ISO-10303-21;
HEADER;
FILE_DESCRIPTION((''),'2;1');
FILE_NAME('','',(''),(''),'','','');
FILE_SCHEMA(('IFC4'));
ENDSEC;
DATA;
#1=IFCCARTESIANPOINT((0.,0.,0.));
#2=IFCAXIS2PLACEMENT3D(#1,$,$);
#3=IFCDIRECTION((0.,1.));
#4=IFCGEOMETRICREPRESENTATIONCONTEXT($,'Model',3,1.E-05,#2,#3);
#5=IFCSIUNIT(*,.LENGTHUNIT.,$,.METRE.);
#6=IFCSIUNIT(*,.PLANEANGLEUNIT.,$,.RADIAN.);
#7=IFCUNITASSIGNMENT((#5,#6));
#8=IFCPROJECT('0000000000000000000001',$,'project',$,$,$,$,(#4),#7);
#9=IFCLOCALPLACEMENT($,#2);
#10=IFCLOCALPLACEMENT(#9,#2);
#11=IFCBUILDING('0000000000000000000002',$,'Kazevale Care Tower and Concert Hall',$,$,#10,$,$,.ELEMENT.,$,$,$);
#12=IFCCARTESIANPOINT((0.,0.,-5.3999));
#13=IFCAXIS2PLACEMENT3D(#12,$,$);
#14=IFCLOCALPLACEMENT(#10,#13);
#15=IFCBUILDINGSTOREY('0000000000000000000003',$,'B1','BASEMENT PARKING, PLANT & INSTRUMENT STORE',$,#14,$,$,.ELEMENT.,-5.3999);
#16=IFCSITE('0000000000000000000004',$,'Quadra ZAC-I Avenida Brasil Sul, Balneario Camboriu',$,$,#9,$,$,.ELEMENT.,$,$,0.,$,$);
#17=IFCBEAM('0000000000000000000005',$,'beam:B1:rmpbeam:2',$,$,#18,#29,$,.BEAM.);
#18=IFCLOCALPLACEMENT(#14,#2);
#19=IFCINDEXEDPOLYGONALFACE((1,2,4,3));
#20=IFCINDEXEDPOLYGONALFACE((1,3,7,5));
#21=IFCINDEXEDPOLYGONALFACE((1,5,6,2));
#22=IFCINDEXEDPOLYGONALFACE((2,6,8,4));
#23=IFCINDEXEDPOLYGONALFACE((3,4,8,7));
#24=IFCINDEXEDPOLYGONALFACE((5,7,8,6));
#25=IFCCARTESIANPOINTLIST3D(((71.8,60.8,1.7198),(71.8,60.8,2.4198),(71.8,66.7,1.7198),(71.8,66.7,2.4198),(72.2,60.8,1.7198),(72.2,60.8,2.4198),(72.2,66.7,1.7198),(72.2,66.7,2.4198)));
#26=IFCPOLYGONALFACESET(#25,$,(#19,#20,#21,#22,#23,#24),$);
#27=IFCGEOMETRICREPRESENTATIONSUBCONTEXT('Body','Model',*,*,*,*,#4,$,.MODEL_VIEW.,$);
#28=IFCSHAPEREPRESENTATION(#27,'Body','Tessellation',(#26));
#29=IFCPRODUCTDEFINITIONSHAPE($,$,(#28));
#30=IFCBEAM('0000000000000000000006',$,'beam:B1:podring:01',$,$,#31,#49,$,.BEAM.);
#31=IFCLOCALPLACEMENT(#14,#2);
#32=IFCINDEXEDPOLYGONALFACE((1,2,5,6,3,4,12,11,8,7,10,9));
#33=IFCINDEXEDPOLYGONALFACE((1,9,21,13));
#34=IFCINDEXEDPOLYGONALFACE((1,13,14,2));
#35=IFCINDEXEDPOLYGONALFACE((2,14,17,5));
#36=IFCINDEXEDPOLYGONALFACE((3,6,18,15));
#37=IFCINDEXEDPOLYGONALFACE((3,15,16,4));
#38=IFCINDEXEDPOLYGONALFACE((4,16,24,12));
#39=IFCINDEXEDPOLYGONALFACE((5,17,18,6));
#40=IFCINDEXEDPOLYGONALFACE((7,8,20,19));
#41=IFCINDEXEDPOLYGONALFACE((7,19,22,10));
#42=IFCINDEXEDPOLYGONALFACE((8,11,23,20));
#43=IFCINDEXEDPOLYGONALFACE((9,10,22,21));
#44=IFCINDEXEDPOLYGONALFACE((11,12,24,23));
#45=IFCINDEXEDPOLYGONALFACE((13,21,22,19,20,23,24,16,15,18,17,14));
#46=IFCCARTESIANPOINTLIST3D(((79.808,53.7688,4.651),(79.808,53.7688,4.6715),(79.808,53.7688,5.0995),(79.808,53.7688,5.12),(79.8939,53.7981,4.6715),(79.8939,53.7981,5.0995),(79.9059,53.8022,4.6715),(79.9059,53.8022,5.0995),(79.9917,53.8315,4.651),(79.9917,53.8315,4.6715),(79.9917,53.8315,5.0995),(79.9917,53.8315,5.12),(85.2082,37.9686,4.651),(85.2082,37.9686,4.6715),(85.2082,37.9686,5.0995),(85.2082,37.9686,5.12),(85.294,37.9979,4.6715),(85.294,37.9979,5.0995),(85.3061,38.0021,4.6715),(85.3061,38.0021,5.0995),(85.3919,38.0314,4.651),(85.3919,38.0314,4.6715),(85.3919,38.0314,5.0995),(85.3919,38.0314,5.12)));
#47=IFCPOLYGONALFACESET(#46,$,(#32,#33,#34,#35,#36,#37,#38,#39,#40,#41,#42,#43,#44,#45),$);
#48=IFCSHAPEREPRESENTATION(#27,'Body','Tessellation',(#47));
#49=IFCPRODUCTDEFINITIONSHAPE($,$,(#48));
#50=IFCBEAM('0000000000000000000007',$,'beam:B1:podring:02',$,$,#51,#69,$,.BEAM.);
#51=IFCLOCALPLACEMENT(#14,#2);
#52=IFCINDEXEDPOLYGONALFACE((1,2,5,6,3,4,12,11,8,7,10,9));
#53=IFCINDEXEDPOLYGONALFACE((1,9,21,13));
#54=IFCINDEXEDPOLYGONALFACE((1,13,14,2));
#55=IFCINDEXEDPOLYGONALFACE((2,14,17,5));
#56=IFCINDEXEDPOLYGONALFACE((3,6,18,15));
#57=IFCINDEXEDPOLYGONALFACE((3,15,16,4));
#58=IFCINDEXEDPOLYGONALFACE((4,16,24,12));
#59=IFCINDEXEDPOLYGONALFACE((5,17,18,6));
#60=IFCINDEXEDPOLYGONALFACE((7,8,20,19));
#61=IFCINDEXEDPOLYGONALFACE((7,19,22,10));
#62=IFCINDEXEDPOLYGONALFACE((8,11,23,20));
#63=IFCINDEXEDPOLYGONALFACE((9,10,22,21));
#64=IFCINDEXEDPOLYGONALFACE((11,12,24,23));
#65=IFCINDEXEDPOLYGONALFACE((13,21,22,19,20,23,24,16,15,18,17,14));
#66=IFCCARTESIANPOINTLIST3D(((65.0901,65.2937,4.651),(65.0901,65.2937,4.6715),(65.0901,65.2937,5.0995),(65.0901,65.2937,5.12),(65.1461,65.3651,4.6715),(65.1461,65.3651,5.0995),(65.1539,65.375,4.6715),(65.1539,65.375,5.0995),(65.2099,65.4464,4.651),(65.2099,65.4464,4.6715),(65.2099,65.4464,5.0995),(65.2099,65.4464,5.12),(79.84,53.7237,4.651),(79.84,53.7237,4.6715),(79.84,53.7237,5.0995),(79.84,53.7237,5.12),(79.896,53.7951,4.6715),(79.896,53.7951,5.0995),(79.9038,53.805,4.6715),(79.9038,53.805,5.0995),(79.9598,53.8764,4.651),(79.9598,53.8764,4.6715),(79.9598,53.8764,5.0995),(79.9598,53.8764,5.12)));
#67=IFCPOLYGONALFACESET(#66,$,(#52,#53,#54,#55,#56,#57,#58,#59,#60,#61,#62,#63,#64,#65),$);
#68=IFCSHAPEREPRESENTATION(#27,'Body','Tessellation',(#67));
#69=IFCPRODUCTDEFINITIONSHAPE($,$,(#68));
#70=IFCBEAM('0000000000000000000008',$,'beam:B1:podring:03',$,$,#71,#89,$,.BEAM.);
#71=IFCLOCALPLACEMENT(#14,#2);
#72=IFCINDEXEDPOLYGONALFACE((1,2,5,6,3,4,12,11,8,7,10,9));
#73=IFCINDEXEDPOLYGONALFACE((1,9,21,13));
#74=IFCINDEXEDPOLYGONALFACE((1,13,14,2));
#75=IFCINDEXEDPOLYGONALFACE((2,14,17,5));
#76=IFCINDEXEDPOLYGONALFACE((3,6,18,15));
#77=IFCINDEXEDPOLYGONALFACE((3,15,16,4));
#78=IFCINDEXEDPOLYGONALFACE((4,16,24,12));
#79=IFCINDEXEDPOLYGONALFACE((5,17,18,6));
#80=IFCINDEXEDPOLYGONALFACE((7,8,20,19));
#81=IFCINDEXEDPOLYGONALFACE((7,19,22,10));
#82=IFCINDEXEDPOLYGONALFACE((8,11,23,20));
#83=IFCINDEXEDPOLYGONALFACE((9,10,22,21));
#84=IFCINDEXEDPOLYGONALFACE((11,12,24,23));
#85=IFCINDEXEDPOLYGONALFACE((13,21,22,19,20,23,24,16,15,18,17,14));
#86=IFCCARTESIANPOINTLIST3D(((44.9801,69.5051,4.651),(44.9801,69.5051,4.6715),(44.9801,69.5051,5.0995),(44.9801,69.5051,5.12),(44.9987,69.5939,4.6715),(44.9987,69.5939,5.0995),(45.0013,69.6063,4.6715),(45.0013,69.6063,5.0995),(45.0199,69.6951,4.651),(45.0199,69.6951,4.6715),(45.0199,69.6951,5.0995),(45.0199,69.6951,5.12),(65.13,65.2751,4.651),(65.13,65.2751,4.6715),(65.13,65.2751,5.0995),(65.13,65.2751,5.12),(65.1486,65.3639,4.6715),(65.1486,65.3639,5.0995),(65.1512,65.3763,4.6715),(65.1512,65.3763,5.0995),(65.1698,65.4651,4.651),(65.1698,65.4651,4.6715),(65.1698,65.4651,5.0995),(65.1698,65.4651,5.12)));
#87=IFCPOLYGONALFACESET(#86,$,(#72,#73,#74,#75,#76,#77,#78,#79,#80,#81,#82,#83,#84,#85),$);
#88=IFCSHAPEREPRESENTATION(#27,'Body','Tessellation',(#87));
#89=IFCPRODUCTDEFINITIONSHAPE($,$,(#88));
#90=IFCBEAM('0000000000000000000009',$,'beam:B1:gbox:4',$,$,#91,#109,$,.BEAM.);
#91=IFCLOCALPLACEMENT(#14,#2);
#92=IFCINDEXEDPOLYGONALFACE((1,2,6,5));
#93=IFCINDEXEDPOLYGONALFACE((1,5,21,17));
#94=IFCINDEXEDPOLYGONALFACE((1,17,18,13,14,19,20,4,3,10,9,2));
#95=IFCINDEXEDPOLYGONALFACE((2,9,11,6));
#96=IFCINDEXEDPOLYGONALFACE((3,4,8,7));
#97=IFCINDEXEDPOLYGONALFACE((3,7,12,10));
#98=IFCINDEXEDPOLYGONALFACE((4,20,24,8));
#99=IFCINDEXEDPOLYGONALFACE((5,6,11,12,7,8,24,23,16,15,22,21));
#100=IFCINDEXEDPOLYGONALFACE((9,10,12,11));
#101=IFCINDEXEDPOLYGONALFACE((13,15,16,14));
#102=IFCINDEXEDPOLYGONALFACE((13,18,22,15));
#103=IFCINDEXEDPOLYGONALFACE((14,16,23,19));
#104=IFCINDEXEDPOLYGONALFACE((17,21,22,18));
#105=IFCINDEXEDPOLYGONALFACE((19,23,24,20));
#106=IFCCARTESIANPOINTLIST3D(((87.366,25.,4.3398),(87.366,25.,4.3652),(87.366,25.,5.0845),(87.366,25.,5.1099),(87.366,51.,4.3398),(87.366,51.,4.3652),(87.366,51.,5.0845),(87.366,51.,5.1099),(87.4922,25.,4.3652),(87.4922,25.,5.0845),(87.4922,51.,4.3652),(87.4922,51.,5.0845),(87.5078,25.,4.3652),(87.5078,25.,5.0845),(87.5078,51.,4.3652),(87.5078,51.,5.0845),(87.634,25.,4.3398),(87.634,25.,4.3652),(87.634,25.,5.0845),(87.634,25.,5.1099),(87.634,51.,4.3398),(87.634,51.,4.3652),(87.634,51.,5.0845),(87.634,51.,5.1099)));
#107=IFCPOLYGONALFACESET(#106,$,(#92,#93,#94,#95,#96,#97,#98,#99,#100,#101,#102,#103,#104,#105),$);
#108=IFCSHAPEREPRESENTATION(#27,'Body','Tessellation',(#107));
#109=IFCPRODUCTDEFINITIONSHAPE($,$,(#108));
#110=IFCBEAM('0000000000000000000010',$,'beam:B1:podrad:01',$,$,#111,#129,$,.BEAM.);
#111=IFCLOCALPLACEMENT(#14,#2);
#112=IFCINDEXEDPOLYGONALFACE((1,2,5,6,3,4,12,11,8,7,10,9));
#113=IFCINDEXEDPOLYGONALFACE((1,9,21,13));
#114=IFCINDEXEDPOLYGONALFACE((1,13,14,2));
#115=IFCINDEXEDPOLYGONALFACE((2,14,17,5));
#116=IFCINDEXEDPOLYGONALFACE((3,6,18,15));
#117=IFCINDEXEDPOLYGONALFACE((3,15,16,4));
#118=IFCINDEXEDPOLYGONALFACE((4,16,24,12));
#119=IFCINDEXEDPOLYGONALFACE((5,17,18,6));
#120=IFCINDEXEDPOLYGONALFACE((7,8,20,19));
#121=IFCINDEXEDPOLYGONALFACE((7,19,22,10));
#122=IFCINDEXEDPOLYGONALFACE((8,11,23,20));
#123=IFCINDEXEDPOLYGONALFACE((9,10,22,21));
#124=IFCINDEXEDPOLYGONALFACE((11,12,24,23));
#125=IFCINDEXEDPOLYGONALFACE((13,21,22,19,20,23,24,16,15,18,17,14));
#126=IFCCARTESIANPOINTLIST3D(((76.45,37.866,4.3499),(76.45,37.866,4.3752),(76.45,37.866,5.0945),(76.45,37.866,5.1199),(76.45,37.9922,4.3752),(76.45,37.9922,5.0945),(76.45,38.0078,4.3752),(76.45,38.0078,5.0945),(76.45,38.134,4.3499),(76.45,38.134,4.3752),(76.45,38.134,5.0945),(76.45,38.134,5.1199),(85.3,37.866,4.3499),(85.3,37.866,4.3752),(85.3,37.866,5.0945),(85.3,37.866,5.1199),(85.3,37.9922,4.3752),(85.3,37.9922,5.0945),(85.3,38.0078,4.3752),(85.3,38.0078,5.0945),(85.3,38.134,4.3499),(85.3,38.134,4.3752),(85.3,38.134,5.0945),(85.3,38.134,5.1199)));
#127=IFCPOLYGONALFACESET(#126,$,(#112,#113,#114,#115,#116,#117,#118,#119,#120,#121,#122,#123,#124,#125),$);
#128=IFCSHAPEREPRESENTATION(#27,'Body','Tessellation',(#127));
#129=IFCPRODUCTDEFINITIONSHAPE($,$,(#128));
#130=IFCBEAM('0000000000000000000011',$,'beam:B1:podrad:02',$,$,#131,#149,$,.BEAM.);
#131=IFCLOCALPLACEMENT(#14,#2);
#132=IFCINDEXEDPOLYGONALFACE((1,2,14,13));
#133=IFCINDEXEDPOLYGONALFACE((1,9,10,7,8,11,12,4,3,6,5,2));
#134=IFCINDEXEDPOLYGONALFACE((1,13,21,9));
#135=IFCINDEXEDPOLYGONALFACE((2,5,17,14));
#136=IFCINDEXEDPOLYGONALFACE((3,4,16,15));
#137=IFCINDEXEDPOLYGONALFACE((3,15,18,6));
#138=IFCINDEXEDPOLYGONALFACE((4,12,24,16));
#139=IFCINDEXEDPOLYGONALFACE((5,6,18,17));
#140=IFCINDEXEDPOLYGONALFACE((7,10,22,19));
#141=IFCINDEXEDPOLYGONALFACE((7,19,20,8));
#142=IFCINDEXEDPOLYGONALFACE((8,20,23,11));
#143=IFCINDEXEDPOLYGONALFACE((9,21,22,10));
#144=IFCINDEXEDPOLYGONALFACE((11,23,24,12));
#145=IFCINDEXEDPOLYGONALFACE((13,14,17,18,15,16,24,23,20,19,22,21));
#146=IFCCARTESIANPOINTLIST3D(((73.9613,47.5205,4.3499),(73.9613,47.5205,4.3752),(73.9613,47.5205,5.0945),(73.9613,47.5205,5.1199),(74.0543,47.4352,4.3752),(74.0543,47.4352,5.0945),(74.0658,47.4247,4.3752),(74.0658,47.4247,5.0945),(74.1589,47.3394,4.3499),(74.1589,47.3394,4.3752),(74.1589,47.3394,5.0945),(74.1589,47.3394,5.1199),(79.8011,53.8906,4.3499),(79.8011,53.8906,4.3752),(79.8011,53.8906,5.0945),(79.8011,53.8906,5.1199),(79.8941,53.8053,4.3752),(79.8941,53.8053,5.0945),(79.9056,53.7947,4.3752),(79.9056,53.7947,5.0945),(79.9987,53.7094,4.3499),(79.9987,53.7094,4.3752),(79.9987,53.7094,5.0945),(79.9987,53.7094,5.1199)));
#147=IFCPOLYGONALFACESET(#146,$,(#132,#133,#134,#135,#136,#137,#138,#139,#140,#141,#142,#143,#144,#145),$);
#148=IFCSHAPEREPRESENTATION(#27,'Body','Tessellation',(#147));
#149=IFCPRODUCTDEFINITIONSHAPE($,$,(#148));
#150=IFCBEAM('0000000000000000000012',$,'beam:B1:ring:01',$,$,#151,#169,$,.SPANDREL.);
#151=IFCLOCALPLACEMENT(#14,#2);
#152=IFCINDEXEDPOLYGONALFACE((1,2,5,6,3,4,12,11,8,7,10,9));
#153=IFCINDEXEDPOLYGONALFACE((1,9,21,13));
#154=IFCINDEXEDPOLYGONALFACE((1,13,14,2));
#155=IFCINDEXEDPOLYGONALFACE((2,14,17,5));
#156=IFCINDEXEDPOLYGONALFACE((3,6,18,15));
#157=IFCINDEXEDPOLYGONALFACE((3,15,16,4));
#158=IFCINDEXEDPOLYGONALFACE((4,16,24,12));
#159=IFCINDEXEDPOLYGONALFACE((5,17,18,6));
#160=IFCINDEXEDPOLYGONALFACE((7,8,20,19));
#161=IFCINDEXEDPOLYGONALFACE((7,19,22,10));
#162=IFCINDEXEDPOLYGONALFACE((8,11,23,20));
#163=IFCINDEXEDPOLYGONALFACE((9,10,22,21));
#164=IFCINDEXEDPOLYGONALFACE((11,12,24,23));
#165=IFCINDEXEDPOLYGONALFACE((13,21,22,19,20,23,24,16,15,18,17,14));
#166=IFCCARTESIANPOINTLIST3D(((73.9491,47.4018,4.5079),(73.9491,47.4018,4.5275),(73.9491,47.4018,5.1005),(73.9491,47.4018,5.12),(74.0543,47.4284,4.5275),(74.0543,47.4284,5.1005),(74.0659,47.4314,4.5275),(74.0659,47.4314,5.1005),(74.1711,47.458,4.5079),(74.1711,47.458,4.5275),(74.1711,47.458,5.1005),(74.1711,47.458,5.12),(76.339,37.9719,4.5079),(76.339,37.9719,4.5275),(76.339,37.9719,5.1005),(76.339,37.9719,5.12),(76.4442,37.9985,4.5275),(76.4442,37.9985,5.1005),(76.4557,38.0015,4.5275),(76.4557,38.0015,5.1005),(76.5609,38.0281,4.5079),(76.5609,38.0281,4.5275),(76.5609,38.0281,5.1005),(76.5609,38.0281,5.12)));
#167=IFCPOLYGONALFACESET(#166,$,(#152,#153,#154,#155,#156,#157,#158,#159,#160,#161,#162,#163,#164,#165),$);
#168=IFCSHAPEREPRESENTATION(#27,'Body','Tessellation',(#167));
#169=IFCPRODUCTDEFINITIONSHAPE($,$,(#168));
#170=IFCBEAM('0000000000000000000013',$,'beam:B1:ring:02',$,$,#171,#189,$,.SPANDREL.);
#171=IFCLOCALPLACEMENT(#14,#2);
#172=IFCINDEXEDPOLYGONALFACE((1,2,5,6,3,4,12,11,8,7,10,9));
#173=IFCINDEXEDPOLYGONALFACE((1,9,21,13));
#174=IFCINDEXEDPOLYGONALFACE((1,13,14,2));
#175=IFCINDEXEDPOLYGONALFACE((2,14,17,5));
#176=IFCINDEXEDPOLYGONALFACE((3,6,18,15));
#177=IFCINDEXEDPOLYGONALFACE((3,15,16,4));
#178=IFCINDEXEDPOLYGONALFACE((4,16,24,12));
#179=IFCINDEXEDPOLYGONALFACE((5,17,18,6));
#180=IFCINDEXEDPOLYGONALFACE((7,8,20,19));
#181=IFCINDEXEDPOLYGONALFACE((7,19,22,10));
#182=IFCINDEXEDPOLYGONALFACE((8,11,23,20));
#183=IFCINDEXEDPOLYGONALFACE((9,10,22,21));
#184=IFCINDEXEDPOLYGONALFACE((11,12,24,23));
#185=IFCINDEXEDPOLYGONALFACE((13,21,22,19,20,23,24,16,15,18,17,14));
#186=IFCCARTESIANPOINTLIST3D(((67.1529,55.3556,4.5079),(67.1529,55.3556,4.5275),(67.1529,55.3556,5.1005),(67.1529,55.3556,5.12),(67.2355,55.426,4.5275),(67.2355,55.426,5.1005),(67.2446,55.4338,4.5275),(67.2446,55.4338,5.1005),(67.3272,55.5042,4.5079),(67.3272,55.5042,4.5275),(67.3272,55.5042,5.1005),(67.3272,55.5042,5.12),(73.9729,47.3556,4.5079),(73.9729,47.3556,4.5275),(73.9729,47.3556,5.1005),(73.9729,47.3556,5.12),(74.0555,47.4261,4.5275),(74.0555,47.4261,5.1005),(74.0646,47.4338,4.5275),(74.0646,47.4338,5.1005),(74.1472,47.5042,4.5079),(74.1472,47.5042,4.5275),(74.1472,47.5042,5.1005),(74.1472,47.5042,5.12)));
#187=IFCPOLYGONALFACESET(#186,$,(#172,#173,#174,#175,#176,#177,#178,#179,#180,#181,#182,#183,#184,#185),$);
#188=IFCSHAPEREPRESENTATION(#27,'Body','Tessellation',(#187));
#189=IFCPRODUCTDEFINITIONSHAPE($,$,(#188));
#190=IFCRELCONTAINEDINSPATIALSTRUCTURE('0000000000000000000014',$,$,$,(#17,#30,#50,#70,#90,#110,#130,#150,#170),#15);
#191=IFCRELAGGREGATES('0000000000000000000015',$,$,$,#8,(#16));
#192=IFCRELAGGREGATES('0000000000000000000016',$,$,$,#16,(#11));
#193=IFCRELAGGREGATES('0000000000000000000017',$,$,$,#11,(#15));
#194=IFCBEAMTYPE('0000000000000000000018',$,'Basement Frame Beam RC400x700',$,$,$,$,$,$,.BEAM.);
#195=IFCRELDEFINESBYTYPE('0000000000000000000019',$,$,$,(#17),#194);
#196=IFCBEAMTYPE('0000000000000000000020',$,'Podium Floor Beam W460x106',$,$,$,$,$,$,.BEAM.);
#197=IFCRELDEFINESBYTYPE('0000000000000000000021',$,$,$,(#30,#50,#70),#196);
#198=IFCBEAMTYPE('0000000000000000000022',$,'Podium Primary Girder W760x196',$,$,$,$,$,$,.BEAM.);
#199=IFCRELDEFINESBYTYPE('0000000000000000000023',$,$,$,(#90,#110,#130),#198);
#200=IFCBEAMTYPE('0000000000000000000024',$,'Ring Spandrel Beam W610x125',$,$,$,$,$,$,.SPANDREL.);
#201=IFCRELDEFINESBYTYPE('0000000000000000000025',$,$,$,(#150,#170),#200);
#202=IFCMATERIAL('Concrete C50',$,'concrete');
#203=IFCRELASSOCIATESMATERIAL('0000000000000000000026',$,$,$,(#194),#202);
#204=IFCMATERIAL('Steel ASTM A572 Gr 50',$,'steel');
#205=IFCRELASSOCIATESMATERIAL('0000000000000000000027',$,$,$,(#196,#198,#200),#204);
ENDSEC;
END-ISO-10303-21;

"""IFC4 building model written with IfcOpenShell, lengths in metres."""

from ifc_helpers import new_model, si_unit, direction, frame, origin, origin_2d, place, context, subcontext, project, spatial, rectangle, i_section, extrude, material, material_profile, profile_set, type_object, element, save


model = new_model("IFC4")

# Units and contexts
model_context = context("Model", 3, precision=1e-05, world=origin(), true_north=direction((0.0, 1.0)))
body_context = subcontext(model_context, "Body", "Model", "MODEL_VIEW")
ifc_project = project(units=[si_unit("LENGTHUNIT", "METRE"), si_unit("PLANEANGLEUNIT", "RADIAN")], contexts=[model_context])

# Site, building, storey
site_placement = place(None, origin())
site = spatial("IfcSite", under=ifc_project, at=site_placement, Name="Quadra ZAC-I Avenida Brasil Sul, Balneario Camboriu", CompositionType="ELEMENT", RefElevation=0.0)
building_placement = place(site_placement, origin())
building = spatial("IfcBuilding", under=site, at=building_placement, Name="Kazevale Care Tower and Concert Hall", CompositionType="ELEMENT")
storey_placement = place(building_placement, frame((0.0, 0.0, -5.3999)))
storey = spatial("IfcBuildingStorey", under=building, at=storey_placement, Name="B1", Description="BASEMENT PARKING, PLANT & INSTRUMENT STORE", CompositionType="ELEMENT", Elevation=-5.3999)

# Shared definitions
ifc_material_1 = material(Name="Concrete C50", Category="concrete")

# Beams
ifc_material_profile_1 = material_profile(ifc_material_1, rectangle(XDim=0.3999, YDim=0.7, at=origin_2d()), Name="RC-B400x700")
ifc_profile_set_1 = profile_set([ifc_material_profile_1], Name="Concrete C50")
beam_type_1 = type_object("IfcBeamType", Name="Basement Frame Beam RC400x700", PredefinedType="BEAM", material=ifc_profile_set_1)
beam_1_placement = place(storey_placement, frame((72.0, 60.8, 2.0698), z_axis=(0.0, 1.0, 0.0), x_axis=(-1.0, 0.0, 0.0)))
element("IfcBeam", 1, at=beam_1_placement, inside=storey, type_object=beam_type_1, Name="beam:B1:rmpbeam:2", PredefinedType="BEAM", context=body_context, shape_type="SweptSolid", body=[
    extrude(rectangle(XDim=0.3999, YDim=0.7, at=origin_2d()), origin(), (0.0, 0.0, 1.0), 5.8999),
])
ifc_material_2 = material(Name="Steel ASTM A572 Gr 50", Category="steel")
ifc_material_profile_2 = material_profile(ifc_material_2, i_section(OverallWidth=0.1941, OverallDepth=0.469, WebThickness=0.0127, FlangeThickness=0.0205, at=origin_2d()), Name="W460x106")
ifc_profile_set_2 = profile_set([ifc_material_profile_2], Name="Steel ASTM A572 Gr 50")
beam_type_2 = type_object("IfcBeamType", Name="Podium Floor Beam W460x106", PredefinedType="BEAM", material=ifc_profile_set_2)
beam_2_placement = place(storey_placement, frame((85.3, 38.0, 4.8855), z_axis=(-0.323412, 0.946258, 0.0), x_axis=(-0.946258, -0.323412, 0.0)))
element("IfcBeam", 2, at=beam_2_placement, inside=storey, type_object=beam_type_2, Name="beam:B1:podring:01", PredefinedType="BEAM", context=body_context, shape_type="SweptSolid", body=[
    extrude(i_section(OverallWidth=0.1941, OverallDepth=0.469, WebThickness=0.0127, FlangeThickness=0.0205, at=origin_2d()), origin(), (0.0, 0.0, 1.0), 16.6975),
])
beam_3_placement = place(storey_placement, frame((79.8999, 53.8, 4.8855), z_axis=(-0.786816, 0.617188, 0.0), x_axis=(-0.617188, -0.786816, 0.0)))
element("IfcBeam", 3, at=beam_3_placement, inside=storey, type_object=beam_type_2, Name="beam:B1:podring:02", PredefinedType="BEAM", context=body_context, shape_type="SweptSolid", body=[
    extrude(i_section(OverallWidth=0.1941, OverallDepth=0.469, WebThickness=0.0127, FlangeThickness=0.0205, at=origin_2d()), origin(), (0.0, 0.0, 1.0), 18.7463),
])
beam_4_placement = place(storey_placement, frame((65.1499, 65.3701, 4.8855), z_axis=(-0.978668, 0.205448, 0.0), x_axis=(-0.205448, -0.978668, 0.0)))
element("IfcBeam", 4, at=beam_4_placement, inside=storey, type_object=beam_type_2, Name="beam:B1:podring:03", PredefinedType="BEAM", context=body_context, shape_type="SweptSolid", body=[
    extrude(i_section(OverallWidth=0.1941, OverallDepth=0.469, WebThickness=0.0127, FlangeThickness=0.0205, at=origin_2d()), origin(), (0.0, 0.0, 1.0), 20.5891),
])
ifc_material_profile_3 = material_profile(ifc_material_2, i_section(OverallWidth=0.2681, OverallDepth=0.77, WebThickness=0.0156, FlangeThickness=0.0254, at=origin_2d()), Name="W760x196")
ifc_profile_set_3 = profile_set([ifc_material_profile_3], Name="Steel ASTM A572 Gr 50")
beam_type_3 = type_object("IfcBeamType", Name="Podium Primary Girder W760x196", PredefinedType="BEAM", material=ifc_profile_set_3)
beam_5_placement = place(storey_placement, frame((87.5, 51.0, 4.7249), z_axis=(0.0, -1.0, 0.0), x_axis=(1.0, 0.0, 0.0)))
element("IfcBeam", 5, at=beam_5_placement, inside=storey, type_object=beam_type_3, Name="beam:B1:gbox:4", PredefinedType="BEAM", context=body_context, shape_type="SweptSolid", body=[
    extrude(i_section(OverallWidth=0.2681, OverallDepth=0.77, WebThickness=0.0156, FlangeThickness=0.0254, at=origin_2d()), origin(), (0.0, 0.0, 1.0), 26.0),
])
beam_6_placement = place(storey_placement, frame((76.45, 38.0, 4.7349), z_axis=(1.0, 0.0, 0.0), x_axis=(0.0, 1.0, 0.0)))
element("IfcBeam", 6, at=beam_6_placement, inside=storey, type_object=beam_type_3, Name="beam:B1:podrad:01", PredefinedType="BEAM", context=body_context, shape_type="SweptSolid", body=[
    extrude(i_section(OverallWidth=0.2681, OverallDepth=0.77, WebThickness=0.0156, FlangeThickness=0.0254, at=origin_2d()), origin(), (0.0, 0.0, 1.0), 8.8501),
])
beam_7_placement = place(storey_placement, frame((74.0601, 47.4299, 4.7349), z_axis=(0.67576, 0.737121, 0.0), x_axis=(-0.737121, 0.67576, 0.0)))
element("IfcBeam", 7, at=beam_7_placement, inside=storey, type_object=beam_type_3, Name="beam:B1:podrad:02", PredefinedType="BEAM", context=body_context, shape_type="SweptSolid", body=[
    extrude(i_section(OverallWidth=0.2681, OverallDepth=0.77, WebThickness=0.0156, FlangeThickness=0.0254, at=origin_2d()), origin(), (0.0, 0.0, 1.0), 8.6418),
])
ifc_material_profile_4 = material_profile(ifc_material_2, i_section(OverallWidth=0.229, OverallDepth=0.6121, WebThickness=0.012, FlangeThickness=0.0195, at=origin_2d()), Name="W610x125")
ifc_profile_set_4 = profile_set([ifc_material_profile_4], Name="Steel ASTM A572 Gr 50")
beam_type_4 = type_object("IfcBeamType", Name="Ring Spandrel Beam W610x125", PredefinedType="SPANDREL", material=ifc_profile_set_4)
beam_8_placement = place(storey_placement, frame((76.45, 38.0, 4.814), z_axis=(-0.24567, 0.969354, 0.0), x_axis=(-0.969354, -0.24567, 0.0)))
element("IfcBeam", 8, at=beam_8_placement, inside=storey, type_object=beam_type_4, Name="beam:B1:ring:01", PredefinedType="SPANDREL", context=body_context, shape_type="SweptSolid", body=[
    extrude(i_section(OverallWidth=0.229, OverallDepth=0.6121, WebThickness=0.012, FlangeThickness=0.0195, at=origin_2d()), origin(), (0.0, 0.0, 1.0), 9.728),
])
beam_9_placement = place(storey_placement, frame((74.0601, 47.4299, 4.814), z_axis=(-0.648756, 0.760996, 0.0), x_axis=(-0.760996, -0.648756, 0.0)))
element("IfcBeam", 9, at=beam_9_placement, inside=storey, type_object=beam_type_4, Name="beam:B1:ring:02", PredefinedType="SPANDREL", context=body_context, shape_type="SweptSolid", body=[
    extrude(i_section(OverallWidth=0.229, OverallDepth=0.6121, WebThickness=0.012, FlangeThickness=0.0195, at=origin_2d()), origin(), (0.0, 0.0, 1.0), 10.5125),
])

save(model, "model.ifc")
